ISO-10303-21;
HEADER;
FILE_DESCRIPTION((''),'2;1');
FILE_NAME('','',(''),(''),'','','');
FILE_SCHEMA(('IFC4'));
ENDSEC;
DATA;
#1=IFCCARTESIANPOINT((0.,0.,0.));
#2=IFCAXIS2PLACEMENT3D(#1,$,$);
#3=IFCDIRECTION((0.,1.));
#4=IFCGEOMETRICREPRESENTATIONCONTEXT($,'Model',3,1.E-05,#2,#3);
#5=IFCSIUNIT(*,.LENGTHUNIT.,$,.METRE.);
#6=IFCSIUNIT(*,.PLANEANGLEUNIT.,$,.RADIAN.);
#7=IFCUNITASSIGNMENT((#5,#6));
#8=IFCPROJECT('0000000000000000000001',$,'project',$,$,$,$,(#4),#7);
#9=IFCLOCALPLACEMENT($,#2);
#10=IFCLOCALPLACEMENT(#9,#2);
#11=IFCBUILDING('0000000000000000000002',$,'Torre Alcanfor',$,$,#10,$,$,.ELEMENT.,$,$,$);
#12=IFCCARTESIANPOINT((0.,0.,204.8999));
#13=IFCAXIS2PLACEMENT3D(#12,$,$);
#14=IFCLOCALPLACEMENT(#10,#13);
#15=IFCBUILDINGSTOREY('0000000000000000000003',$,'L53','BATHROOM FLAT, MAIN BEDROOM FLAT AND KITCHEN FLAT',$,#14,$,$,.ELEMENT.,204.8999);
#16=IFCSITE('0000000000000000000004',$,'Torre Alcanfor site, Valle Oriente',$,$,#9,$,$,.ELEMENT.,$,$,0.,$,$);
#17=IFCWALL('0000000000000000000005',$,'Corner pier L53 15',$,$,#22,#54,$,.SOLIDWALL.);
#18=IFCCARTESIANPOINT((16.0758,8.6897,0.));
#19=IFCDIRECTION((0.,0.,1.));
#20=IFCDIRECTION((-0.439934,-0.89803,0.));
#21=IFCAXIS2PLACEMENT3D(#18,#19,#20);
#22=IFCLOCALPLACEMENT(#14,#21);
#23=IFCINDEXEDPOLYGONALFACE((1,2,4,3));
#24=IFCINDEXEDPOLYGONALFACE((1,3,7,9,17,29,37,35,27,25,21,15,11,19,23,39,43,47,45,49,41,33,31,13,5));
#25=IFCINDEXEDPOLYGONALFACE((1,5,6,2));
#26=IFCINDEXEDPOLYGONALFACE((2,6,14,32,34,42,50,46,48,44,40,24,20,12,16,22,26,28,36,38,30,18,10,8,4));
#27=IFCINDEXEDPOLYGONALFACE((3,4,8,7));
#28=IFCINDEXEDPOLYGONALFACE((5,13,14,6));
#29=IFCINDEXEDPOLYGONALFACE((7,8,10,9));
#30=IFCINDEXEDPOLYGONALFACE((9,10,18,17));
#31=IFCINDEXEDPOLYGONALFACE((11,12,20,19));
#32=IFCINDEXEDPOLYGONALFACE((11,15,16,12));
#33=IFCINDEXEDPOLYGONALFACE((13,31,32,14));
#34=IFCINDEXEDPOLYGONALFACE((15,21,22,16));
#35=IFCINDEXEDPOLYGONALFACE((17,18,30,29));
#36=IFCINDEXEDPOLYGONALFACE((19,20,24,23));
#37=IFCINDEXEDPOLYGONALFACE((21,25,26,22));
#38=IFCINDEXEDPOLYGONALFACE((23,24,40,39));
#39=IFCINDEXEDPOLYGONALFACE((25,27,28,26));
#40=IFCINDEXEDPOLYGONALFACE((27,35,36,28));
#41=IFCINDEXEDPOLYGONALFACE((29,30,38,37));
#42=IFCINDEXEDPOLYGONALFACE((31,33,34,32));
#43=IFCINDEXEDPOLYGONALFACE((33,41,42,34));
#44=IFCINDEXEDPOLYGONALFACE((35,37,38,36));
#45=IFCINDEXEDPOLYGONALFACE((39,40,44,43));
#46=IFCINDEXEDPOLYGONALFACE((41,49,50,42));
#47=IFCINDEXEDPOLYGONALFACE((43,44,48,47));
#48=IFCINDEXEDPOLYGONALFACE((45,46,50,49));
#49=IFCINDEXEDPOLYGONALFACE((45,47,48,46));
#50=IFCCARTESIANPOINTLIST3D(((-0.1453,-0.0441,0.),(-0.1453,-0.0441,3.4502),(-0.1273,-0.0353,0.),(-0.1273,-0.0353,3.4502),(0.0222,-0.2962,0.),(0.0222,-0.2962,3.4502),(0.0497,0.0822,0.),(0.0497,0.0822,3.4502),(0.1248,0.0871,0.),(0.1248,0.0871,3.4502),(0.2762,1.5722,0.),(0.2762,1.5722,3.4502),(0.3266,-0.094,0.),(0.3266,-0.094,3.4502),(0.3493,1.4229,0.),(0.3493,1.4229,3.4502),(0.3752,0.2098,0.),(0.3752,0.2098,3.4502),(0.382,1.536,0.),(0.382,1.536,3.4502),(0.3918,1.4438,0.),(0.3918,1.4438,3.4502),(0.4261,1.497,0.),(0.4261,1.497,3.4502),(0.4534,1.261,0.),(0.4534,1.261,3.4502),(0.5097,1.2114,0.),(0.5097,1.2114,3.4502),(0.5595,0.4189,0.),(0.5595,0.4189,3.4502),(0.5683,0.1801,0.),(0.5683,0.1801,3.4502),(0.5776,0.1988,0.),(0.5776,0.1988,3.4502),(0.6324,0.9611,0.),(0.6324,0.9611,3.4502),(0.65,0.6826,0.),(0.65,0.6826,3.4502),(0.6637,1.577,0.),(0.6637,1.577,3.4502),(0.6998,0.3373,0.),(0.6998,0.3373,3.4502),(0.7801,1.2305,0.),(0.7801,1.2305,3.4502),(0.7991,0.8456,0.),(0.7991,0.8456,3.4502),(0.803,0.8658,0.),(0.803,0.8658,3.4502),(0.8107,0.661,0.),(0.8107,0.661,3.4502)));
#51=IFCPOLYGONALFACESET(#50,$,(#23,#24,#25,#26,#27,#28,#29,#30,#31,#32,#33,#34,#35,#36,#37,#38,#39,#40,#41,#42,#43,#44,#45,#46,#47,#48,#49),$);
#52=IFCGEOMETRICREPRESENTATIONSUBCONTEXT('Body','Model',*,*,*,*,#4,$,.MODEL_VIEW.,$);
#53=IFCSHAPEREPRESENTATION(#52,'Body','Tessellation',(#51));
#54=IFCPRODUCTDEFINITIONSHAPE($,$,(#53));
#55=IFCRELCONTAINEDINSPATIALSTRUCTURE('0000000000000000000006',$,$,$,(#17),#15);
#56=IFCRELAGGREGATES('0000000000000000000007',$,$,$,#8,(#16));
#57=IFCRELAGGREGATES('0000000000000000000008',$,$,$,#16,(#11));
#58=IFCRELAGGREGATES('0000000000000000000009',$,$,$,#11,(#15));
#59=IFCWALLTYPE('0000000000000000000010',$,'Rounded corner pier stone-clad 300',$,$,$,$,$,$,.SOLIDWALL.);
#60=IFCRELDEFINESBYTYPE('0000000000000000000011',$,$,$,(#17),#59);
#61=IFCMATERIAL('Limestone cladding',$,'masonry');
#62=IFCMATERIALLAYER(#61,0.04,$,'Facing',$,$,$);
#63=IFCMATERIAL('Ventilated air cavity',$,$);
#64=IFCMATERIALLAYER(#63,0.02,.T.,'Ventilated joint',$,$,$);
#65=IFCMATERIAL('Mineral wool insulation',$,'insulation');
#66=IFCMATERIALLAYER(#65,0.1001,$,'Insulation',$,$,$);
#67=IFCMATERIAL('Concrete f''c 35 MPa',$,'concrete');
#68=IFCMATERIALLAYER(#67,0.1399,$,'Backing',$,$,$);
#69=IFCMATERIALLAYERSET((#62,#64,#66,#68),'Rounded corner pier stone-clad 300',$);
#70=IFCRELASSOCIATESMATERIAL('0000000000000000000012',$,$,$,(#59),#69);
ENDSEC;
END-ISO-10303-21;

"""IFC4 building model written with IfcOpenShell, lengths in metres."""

from ifc_helpers import new_model, si_unit, direction, frame, origin, place, context, subcontext, project, spatial, polyline, outline, extrude, material, layer, layer_set, type_object, element, save


model = new_model("IFC4")

# Units and contexts
model_context = context("Model", 3, precision=1e-05, world=origin(), true_north=direction((0.0, 1.0)))
body_context = subcontext(model_context, "Body", "Model", "MODEL_VIEW")
ifc_project = project(units=[si_unit("LENGTHUNIT", "METRE"), si_unit("PLANEANGLEUNIT", "RADIAN")], contexts=[model_context])

# Site, building, storey
site_placement = place(None, origin())
site = spatial("IfcSite", under=ifc_project, at=site_placement, Name="Torre Alcanfor site, Valle Oriente", CompositionType="ELEMENT", RefElevation=0.0)
building_placement = place(site_placement, origin())
building = spatial("IfcBuilding", under=site, at=building_placement, Name="Torre Alcanfor", CompositionType="ELEMENT")
storey_placement = place(building_placement, frame((0.0, 0.0, 204.8999)))
storey = spatial("IfcBuildingStorey", under=building, at=storey_placement, Name="L53", Description="BATHROOM FLAT, MAIN BEDROOM FLAT AND KITCHEN FLAT", CompositionType="ELEMENT", Elevation=204.8999)

# Shared definitions
ifc_material_1 = material(Name="Limestone cladding", Category="masonry")
ifc_material_2 = material(Name="Ventilated air cavity")
ifc_material_3 = material(Name="Mineral wool insulation", Category="insulation")
ifc_material_4 = material(Name="Concrete f'c 35 MPa", Category="concrete")

# Wall
ifc_layer_1 = layer(ifc_material_1, 0.04, Name="Facing")
ifc_layer_2 = layer(ifc_material_2, 0.02, ventilated=True, Name="Ventilated joint")
ifc_layer_3 = layer(ifc_material_3, 0.1001, Name="Insulation")
ifc_layer_4 = layer(ifc_material_4, 0.1399, Name="Backing")
ifc_layer_set_1 = layer_set([ifc_layer_1, ifc_layer_2, ifc_layer_3, ifc_layer_4], Name="Rounded corner pier stone-clad 300")
wall_type_1 = type_object("IfcWallType", Name="Rounded corner pier stone-clad 300", PredefinedType="SOLIDWALL", material=ifc_layer_set_1)
wall_1_placement = place(storey_placement, frame((16.0758, 8.6897, 0.0), z_axis=(0.0, 0.0, 1.0), x_axis=(-0.439934, -0.89803, 0.0)))
element("IfcWall", 1, at=wall_1_placement, inside=storey, type_object=wall_type_1, Name="Corner pier L53 15", PredefinedType="SOLIDWALL", context=body_context, shape_type="SweptSolid", body=[
    extrude(outline(polyline([(0.6637, 1.577), (0.4261, 1.497), (0.382, 1.536), (0.2762, 1.5722), (0.3493, 1.4229), (0.3918, 1.4438), (0.4534, 1.261), (0.5097, 1.2114), (0.6324, 0.9611), (0.65, 0.6826), (0.5595, 0.4189), (0.3752, 0.2098), (0.1248, 0.0871), (0.0497, 0.0822), (-0.1273, -0.0353), (-0.1453, -0.0441), (0.0222, -0.2962), (0.3266, -0.094), (0.5683, 0.1801), (0.5776, 0.1988), (0.6998, 0.3373), (0.8107, 0.661), (0.7991, 0.8456), (0.803, 0.8658), (0.7801, 1.2305), (0.6637, 1.577)])), origin(), (0.0, 0.0, 1.0), 3.4502),
])

save(model, "model.ifc")
